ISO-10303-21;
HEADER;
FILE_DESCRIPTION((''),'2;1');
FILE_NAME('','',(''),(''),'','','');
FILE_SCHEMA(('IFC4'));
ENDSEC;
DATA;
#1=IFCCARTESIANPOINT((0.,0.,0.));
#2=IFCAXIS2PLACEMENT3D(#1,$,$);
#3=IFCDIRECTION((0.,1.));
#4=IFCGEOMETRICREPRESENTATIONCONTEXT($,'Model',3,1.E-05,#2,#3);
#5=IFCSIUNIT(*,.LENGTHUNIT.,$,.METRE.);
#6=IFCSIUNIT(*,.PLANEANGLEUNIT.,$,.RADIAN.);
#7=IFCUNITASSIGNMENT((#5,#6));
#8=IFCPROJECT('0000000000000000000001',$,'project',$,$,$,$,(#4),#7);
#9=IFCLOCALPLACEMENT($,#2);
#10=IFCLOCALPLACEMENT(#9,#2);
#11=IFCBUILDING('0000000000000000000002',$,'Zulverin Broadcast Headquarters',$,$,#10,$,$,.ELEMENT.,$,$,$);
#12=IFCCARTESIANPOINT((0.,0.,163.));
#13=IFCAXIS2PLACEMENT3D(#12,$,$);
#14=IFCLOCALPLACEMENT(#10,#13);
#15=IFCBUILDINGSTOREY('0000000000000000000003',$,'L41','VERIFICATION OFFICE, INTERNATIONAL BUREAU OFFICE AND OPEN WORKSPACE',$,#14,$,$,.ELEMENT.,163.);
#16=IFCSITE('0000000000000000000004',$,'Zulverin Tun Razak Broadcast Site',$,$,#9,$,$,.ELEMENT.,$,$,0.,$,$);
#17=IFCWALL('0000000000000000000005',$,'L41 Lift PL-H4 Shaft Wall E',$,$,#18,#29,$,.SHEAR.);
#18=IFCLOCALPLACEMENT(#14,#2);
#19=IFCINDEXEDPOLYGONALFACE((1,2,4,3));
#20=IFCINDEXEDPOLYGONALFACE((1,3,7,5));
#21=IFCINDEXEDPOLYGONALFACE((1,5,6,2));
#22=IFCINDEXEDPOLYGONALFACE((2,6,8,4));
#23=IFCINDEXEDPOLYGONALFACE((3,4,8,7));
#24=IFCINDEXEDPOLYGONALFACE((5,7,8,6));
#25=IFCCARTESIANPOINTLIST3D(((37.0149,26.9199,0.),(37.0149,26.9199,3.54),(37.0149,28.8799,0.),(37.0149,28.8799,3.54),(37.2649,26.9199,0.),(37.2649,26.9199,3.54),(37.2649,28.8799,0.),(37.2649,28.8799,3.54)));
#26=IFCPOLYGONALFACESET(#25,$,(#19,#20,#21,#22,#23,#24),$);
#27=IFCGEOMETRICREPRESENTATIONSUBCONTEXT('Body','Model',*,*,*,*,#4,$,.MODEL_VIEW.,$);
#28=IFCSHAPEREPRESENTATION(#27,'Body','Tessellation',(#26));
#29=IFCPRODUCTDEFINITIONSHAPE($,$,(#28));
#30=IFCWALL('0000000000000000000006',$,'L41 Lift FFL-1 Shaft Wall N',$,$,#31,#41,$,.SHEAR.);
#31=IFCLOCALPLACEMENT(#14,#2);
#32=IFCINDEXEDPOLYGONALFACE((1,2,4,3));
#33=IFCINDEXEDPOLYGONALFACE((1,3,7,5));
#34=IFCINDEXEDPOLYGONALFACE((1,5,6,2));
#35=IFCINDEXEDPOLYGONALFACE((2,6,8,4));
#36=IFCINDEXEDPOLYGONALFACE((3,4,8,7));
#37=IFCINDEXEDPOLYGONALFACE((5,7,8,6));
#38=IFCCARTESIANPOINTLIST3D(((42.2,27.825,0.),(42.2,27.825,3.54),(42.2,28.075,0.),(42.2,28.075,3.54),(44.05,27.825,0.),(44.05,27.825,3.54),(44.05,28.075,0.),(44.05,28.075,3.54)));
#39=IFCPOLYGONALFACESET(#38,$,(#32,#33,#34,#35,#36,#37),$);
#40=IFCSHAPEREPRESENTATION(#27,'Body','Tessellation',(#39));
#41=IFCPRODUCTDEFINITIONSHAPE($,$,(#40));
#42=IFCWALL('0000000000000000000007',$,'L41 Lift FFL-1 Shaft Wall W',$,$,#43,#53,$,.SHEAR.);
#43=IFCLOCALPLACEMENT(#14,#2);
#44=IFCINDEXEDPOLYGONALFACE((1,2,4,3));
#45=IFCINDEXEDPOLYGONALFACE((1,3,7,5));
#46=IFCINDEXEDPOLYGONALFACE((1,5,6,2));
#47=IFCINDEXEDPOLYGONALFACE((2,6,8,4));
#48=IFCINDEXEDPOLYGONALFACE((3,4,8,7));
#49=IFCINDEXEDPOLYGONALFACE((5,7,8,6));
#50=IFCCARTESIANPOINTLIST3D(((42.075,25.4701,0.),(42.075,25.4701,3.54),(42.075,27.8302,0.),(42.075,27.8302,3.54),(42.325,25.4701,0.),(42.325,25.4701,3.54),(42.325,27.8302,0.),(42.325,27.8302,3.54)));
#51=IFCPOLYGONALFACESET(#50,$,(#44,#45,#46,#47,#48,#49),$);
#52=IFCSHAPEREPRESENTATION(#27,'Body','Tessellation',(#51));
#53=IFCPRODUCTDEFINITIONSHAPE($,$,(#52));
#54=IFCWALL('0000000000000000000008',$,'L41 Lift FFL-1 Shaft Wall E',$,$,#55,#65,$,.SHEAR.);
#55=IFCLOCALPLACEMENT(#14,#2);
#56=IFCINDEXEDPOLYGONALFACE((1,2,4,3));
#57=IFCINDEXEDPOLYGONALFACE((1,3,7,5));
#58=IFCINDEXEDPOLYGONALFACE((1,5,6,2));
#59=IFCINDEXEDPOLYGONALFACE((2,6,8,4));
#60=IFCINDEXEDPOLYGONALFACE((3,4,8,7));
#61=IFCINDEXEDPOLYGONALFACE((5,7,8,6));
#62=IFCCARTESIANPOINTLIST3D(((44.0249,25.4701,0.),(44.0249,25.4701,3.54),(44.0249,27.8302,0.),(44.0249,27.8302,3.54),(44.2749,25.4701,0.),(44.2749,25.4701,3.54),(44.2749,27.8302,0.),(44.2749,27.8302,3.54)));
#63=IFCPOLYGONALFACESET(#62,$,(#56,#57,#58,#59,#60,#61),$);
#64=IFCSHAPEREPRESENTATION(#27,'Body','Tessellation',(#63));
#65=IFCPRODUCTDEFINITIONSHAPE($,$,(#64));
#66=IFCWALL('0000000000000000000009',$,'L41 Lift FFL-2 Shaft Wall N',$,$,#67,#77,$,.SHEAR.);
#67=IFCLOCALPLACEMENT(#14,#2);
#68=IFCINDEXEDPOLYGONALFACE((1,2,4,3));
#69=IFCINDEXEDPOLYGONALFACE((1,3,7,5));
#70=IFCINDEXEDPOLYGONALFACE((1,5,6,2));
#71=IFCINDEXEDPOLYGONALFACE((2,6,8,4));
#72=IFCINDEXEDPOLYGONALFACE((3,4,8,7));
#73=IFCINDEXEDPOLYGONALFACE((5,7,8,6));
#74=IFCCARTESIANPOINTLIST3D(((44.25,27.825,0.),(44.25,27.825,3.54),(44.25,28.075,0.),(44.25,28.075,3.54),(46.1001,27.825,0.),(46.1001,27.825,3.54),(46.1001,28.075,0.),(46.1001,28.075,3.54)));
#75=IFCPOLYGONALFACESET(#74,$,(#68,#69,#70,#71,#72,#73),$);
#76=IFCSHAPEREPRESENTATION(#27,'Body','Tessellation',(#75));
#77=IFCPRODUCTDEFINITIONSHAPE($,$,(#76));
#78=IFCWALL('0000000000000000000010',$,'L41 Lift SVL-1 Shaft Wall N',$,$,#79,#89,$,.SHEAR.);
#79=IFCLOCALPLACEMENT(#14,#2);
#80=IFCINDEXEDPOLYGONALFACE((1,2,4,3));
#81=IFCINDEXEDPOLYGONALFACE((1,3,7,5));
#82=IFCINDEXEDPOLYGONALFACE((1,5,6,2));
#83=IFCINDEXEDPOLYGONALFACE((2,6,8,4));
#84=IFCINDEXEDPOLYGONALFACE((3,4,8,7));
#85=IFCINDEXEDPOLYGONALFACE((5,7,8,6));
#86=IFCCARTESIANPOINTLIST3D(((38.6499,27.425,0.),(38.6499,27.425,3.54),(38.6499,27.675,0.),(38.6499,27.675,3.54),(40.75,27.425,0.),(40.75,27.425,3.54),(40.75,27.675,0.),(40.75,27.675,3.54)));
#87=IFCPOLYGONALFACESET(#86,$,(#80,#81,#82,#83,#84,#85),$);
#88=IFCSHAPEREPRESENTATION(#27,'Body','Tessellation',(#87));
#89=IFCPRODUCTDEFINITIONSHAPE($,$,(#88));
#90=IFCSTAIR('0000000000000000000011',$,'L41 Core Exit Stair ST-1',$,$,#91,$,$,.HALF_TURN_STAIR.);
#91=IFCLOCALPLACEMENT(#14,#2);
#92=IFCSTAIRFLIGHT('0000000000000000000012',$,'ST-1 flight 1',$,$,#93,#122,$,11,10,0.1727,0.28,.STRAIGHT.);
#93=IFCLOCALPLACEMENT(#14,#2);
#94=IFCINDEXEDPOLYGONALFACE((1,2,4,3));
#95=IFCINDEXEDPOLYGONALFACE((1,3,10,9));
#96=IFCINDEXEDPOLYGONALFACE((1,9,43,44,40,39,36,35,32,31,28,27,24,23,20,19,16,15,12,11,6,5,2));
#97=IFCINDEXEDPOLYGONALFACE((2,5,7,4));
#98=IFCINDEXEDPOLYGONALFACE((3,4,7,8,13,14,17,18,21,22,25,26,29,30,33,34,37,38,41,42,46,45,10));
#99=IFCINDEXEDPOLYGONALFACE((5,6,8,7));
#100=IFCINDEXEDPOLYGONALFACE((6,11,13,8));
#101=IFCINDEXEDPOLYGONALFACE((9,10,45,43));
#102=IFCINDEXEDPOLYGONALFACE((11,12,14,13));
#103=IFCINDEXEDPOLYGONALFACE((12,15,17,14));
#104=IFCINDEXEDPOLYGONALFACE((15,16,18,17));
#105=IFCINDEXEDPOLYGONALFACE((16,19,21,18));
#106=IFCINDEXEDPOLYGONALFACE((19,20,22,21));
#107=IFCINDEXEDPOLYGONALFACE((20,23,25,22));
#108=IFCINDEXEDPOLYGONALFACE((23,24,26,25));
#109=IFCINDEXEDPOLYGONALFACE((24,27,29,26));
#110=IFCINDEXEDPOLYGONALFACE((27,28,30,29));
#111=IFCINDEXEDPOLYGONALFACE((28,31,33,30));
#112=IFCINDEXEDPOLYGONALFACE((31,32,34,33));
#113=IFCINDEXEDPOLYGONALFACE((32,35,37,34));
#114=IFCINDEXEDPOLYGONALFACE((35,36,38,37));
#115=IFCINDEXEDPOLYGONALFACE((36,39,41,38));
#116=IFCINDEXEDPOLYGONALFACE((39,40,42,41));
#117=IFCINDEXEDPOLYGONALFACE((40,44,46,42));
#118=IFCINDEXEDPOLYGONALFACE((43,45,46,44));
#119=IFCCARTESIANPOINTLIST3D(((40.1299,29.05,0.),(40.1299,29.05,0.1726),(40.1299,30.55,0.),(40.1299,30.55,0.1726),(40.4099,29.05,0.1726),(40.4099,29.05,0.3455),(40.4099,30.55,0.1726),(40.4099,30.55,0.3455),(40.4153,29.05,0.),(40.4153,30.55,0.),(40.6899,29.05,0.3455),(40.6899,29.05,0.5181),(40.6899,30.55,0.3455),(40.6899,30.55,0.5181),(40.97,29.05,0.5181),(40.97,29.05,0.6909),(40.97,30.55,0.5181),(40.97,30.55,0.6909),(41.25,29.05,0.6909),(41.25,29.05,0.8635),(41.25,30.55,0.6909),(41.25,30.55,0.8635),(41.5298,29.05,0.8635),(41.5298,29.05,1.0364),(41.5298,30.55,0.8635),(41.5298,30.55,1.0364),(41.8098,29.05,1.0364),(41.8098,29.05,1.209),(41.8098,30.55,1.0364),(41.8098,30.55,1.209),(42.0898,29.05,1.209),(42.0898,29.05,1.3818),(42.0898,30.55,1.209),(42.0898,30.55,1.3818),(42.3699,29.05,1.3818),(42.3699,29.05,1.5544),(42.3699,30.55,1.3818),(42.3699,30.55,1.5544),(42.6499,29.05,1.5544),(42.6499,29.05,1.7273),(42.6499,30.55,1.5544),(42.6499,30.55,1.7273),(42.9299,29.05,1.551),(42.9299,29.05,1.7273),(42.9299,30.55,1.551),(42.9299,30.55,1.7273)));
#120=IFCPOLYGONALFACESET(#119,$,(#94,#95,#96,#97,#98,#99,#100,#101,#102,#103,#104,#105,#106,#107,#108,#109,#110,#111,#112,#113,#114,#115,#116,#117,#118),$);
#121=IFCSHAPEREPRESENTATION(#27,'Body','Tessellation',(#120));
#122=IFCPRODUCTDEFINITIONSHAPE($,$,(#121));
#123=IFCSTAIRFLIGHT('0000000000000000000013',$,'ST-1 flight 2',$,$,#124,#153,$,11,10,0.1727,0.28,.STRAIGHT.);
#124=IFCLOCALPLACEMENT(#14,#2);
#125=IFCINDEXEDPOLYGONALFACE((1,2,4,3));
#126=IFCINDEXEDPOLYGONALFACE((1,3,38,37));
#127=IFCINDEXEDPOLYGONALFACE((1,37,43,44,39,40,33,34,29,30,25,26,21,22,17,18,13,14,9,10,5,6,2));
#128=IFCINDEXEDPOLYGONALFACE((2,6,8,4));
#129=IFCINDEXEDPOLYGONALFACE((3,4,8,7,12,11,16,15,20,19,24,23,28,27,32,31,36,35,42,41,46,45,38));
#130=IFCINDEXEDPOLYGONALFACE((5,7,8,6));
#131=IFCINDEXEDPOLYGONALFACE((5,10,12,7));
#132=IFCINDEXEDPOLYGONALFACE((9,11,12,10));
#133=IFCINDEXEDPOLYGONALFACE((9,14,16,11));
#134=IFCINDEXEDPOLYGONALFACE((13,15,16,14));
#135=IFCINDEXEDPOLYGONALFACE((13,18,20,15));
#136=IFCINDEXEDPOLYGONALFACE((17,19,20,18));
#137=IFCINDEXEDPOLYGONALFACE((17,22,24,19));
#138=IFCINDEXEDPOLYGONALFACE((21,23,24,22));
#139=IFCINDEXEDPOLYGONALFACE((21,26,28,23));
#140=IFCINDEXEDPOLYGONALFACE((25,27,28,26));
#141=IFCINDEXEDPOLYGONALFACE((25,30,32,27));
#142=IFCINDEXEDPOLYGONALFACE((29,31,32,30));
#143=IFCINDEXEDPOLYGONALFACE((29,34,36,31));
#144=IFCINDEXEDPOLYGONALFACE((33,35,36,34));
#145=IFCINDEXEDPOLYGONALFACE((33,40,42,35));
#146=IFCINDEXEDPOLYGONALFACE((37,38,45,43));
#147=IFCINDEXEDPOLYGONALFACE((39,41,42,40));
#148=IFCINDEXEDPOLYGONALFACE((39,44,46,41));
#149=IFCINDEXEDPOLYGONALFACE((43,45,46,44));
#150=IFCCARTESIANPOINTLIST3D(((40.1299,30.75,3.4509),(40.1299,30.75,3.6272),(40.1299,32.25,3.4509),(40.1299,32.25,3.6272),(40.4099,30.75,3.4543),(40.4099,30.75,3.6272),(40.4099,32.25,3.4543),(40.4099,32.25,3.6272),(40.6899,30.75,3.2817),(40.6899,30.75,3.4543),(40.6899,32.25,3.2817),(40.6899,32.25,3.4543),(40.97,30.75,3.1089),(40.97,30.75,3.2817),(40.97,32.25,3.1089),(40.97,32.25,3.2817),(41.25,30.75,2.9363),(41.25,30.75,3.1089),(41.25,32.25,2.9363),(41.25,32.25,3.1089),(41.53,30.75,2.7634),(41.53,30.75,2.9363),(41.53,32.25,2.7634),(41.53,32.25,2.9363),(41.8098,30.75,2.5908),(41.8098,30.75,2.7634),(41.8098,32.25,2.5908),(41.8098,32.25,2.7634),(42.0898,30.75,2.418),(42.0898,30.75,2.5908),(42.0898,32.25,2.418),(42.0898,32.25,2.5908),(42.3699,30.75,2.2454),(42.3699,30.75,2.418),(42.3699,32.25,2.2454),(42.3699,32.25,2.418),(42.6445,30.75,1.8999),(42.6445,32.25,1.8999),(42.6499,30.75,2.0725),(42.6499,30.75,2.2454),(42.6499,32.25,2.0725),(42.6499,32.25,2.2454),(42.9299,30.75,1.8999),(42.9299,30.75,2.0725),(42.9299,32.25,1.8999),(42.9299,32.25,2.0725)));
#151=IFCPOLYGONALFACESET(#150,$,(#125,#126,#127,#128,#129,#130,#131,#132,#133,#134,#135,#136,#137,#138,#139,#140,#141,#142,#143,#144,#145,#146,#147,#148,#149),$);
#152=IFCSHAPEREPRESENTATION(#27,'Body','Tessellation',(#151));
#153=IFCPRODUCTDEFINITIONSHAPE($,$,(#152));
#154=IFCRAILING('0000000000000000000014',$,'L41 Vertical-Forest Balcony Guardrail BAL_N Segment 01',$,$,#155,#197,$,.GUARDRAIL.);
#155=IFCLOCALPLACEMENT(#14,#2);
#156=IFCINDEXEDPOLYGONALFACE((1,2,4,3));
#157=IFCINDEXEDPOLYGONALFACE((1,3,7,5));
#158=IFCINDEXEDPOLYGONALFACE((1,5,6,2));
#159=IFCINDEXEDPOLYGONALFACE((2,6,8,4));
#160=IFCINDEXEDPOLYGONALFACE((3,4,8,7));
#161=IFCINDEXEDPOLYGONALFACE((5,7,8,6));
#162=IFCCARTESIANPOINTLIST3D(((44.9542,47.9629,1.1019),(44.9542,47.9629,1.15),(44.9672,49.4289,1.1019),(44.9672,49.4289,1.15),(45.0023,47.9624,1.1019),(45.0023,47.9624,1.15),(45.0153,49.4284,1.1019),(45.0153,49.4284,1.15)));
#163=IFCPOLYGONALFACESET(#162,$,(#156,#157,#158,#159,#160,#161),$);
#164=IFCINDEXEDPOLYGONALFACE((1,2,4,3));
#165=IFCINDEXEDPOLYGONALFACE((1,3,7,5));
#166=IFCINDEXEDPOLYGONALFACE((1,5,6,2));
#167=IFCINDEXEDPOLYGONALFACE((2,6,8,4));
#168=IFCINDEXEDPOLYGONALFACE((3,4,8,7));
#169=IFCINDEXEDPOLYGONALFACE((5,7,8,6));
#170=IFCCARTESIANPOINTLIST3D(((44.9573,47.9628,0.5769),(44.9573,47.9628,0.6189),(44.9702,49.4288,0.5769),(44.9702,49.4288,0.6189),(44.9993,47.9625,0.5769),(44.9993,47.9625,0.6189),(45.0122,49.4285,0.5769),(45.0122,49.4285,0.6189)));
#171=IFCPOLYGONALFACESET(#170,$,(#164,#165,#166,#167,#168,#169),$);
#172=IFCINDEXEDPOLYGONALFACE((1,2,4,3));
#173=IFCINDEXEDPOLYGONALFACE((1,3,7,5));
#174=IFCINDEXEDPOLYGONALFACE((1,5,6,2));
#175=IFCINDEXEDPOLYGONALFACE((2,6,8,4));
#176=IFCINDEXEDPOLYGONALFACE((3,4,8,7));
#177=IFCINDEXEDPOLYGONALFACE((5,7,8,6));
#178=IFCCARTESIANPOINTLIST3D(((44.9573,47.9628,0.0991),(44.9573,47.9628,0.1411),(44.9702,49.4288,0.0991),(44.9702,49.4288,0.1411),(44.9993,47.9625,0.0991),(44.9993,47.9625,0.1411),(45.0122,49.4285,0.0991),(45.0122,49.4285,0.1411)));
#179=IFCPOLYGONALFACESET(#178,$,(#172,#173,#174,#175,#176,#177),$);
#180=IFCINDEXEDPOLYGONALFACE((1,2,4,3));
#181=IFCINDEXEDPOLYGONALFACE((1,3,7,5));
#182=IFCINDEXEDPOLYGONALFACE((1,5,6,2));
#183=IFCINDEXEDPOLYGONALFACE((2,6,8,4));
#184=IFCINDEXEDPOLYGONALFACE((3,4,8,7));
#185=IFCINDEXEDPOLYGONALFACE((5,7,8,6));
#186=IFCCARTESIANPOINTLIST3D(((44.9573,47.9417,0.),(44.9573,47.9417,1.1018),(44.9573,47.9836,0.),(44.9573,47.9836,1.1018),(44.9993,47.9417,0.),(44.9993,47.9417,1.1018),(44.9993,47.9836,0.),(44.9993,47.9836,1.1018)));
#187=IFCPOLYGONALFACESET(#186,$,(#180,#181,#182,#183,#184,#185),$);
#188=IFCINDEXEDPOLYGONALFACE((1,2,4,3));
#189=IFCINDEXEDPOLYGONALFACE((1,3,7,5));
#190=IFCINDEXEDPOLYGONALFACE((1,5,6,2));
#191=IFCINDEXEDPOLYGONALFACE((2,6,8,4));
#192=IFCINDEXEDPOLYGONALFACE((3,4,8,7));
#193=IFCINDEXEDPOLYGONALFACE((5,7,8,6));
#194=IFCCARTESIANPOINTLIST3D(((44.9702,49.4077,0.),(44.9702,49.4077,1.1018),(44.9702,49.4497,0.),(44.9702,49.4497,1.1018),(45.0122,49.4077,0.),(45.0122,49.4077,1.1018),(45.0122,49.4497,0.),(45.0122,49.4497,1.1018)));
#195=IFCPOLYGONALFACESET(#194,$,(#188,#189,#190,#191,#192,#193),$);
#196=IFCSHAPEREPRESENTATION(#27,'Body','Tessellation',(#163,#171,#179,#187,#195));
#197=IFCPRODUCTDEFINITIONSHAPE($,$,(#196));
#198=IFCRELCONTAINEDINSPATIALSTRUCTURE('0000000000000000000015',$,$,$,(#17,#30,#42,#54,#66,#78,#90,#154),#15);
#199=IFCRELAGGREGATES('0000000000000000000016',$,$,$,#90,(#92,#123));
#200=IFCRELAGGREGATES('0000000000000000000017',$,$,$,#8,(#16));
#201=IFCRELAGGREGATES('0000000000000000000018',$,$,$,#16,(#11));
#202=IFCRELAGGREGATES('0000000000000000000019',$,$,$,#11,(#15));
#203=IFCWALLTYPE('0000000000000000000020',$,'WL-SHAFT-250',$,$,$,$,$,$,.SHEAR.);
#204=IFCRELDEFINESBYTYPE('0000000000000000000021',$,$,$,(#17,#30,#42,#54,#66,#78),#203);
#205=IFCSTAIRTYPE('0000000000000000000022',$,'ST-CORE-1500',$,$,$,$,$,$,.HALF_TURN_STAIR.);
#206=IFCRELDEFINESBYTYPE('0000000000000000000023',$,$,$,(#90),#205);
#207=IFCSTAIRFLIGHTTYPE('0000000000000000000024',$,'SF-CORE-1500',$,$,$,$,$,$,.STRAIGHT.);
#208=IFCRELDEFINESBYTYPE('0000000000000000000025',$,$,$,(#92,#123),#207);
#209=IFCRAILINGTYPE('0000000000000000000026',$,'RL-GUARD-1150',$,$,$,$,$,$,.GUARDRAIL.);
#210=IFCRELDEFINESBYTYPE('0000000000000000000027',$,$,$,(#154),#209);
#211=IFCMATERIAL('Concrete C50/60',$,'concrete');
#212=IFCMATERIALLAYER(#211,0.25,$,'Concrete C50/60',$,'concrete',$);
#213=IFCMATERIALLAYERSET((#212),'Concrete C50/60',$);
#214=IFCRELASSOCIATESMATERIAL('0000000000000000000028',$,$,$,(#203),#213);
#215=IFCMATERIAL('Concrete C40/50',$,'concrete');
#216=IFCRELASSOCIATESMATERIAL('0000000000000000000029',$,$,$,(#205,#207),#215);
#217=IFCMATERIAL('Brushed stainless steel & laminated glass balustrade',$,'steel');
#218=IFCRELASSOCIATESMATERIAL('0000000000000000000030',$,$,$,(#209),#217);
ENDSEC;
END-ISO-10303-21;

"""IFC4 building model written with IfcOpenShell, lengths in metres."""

from ifc_helpers import new_model, si_unit, direction, frame, frame_2d, origin, origin_2d, place, context, subcontext, project, spatial, polyline, rectangle, outline, extrude, material, layer, layer_set, type_object, element, aggregate, save


model = new_model("IFC4")

# Units and contexts
model_context = context("Model", 3, precision=1e-05, world=origin(), true_north=direction((0.0, 1.0)))
body_context = subcontext(model_context, "Body", "Model", "MODEL_VIEW")
ifc_project = project(units=[si_unit("LENGTHUNIT", "METRE"), si_unit("PLANEANGLEUNIT", "RADIAN")], contexts=[model_context])

# Site, building, storey
site_placement = place(None, origin())
site = spatial("IfcSite", under=ifc_project, at=site_placement, Name="Zulverin Tun Razak Broadcast Site", CompositionType="ELEMENT", RefElevation=0.0)
building_placement = place(site_placement, origin())
building = spatial("IfcBuilding", under=site, at=building_placement, Name="Zulverin Broadcast Headquarters", CompositionType="ELEMENT")
storey_placement = place(building_placement, frame((0.0, 0.0, 163.0)))
storey = spatial("IfcBuildingStorey", under=building, at=storey_placement, Name="L41", Description="VERIFICATION OFFICE, INTERNATIONAL BUREAU OFFICE AND OPEN WORKSPACE", CompositionType="ELEMENT", Elevation=163.0)

# Shared definitions
ifc_material_1 = material(Name="Concrete C50/60", Category="concrete")

# Shared definitions
ifc_material_2 = material(Name="Concrete C40/50", Category="concrete")

# Shared definitions
ifc_layer_1 = layer(ifc_material_1, 0.25, Name="Concrete C50/60", Category="concrete")
ifc_layer_set_1 = layer_set([ifc_layer_1], Name="Concrete C50/60")
wall_type_1 = type_object("IfcWallType", Name="WL-SHAFT-250", PredefinedType="SHEAR", material=ifc_layer_set_1)

# Walls
wall_1_placement = place(storey_placement, frame((37.1399, 26.9199, 0.0), z_axis=(0.0, 0.0, 1.0), x_axis=(0.0, 1.0, 0.0)))
element("IfcWall", 1, at=wall_1_placement, inside=storey, type_object=wall_type_1, Name="L41 Lift PL-H4 Shaft Wall E", PredefinedType="SHEAR", context=body_context, shape_type="SweptSolid", body=[
    extrude(rectangle(XDim=1.96, YDim=0.25, at=frame_2d((0.98, 0.0))), origin(), (0.0, 0.0, 1.0), 3.54),
])
wall_2_placement = place(storey_placement, frame((42.2, 27.95, 0.0), z_axis=(0.0, 0.0, 1.0), x_axis=(1.0, 0.0, 0.0)))
element("IfcWall", 2, at=wall_2_placement, inside=storey, type_object=wall_type_1, Name="L41 Lift FFL-1 Shaft Wall N", PredefinedType="SHEAR", context=body_context, shape_type="SweptSolid", body=[
    extrude(rectangle(XDim=1.8501, YDim=0.25, at=frame_2d((0.925, 0.0))), origin(), (0.0, 0.0, 1.0), 3.54),
])
for number, where, z_axis, x_axis, name in (
    (3, (42.2, 25.47, 0.0), (0.0, 0.0, 1.0), (0.0, 1.0, 0.0), "L41 Lift FFL-1 Shaft Wall W"),
    (4, (44.1499, 25.47, 0.0), (0.0, 0.0, 1.0), (0.0, 1.0, 0.0), "L41 Lift FFL-1 Shaft Wall E"),
):
    element("IfcWall", number, at=place(storey_placement, frame(where, z_axis=z_axis, x_axis=x_axis)), inside=storey, type_object=wall_type_1, Name=name, PredefinedType="SHEAR", context=body_context, shape_type="SweptSolid", body=[
        extrude(rectangle(XDim=2.3601, YDim=0.25, at=frame_2d((1.1802, 0.0))), origin(), (0.0, 0.0, 1.0), 3.54),
    ])
wall_3_placement = place(storey_placement, frame((44.25, 27.95, 0.0), z_axis=(0.0, 0.0, 1.0), x_axis=(1.0, 0.0, 0.0)))
element("IfcWall", 5, at=wall_3_placement, inside=storey, type_object=wall_type_1, Name="L41 Lift FFL-2 Shaft Wall N", PredefinedType="SHEAR", context=body_context, shape_type="SweptSolid", body=[
    extrude(rectangle(XDim=1.8501, YDim=0.25, at=frame_2d((0.925, 0.0))), origin(), (0.0, 0.0, 1.0), 3.54),
])
wall_4_placement = place(storey_placement, frame((38.6499, 27.55, 0.0), z_axis=(0.0, 0.0, 1.0), x_axis=(1.0, 0.0, 0.0)))
element("IfcWall", 6, at=wall_4_placement, inside=storey, type_object=wall_type_1, Name="L41 Lift SVL-1 Shaft Wall N", PredefinedType="SHEAR", context=body_context, shape_type="SweptSolid", body=[
    extrude(rectangle(XDim=2.1001, YDim=0.25, at=frame_2d((1.05, 0.0))), origin(), (0.0, 0.0, 1.0), 3.54),
])

# Stair, stair flights
stair_type = type_object("IfcStairType", Name="ST-CORE-1500", PredefinedType="HALF_TURN_STAIR", material=ifc_material_2)
stair_placement = place(storey_placement, origin())
stair = element("IfcStair", 7, at=stair_placement, inside=storey, type_object=stair_type, Name="L41 Core Exit Stair ST-1", PredefinedType="HALF_TURN_STAIR")
stair_flight_type = type_object("IfcStairFlightType", Name="SF-CORE-1500", PredefinedType="STRAIGHT", material=ifc_material_2)
stair_flight_1_placement = place(storey_placement, frame((40.1299, 29.8, 0.0), z_axis=(0.0, 0.0, 1.0), x_axis=(1.0, 0.0, 0.0)))
stair_flight_1 = element("IfcStairFlight", 8, at=stair_flight_1_placement, type_object=stair_flight_type, Name="ST-1 flight 1", NumberOfRisers=11, NumberOfTreads=10, PredefinedType="STRAIGHT", RiserHeight=0.1727, TreadLength=0.28, context=body_context, shape_type="SweptSolid", body=[
    extrude(outline(polyline([(0.0, 0.0), (0.0, 0.1726), (0.28, 0.1726), (0.28, 0.3455), (0.5601, 0.3455), (0.5601, 0.5181), (0.8401, 0.5181), (0.8401, 0.6909), (1.1201, 0.6909), (1.1201, 0.8635), (1.3999, 0.8635), (1.3999, 1.0364), (1.6799, 1.0364), (1.6799, 1.209), (1.96, 1.209), (1.96, 1.3818), (2.24, 1.3818), (2.24, 1.5544), (2.52, 1.5544), (2.52, 1.7273), (2.8, 1.7273), (2.8, 1.8999), (2.8, 1.551), (0.2854, 0.0), (0.0, 0.0)])), frame((0.0, 0.75, 0.0), z_axis=(0.0, -1.0, 0.0), x_axis=(1.0, 0.0, 0.0)), (0.0, 0.0, 1.0), 1.5),
])
stair_flight_2_placement = place(storey_placement, frame((42.9299, 31.5, 1.8999), z_axis=(0.0, 0.0, 1.0), x_axis=(-1.0, 0.0, 0.0)))
stair_flight_2 = element("IfcStairFlight", 9, at=stair_flight_2_placement, type_object=stair_flight_type, Name="ST-1 flight 2", NumberOfRisers=11, NumberOfTreads=10, PredefinedType="STRAIGHT", RiserHeight=0.1727, TreadLength=0.28, context=body_context, shape_type="SweptSolid", body=[
    extrude(outline(polyline([(0.0, 0.0), (0.0, 0.1726), (0.28, 0.1726), (0.28, 0.3455), (0.5601, 0.3455), (0.5601, 0.5181), (0.8401, 0.5181), (0.8401, 0.6909), (1.1201, 0.6909), (1.1201, 0.8635), (1.3999, 0.8635), (1.3999, 1.0364), (1.6799, 1.0364), (1.6799, 1.209), (1.96, 1.209), (1.96, 1.3818), (2.24, 1.3818), (2.24, 1.5544), (2.52, 1.5544), (2.52, 1.7273), (2.8, 1.7273), (2.8, 1.8999), (2.8, 1.551), (0.2854, 0.0), (0.0, 0.0)])), frame((0.0, 0.75, 0.0), z_axis=(0.0, -1.0, 0.0), x_axis=(1.0, 0.0, 0.0)), (0.0, 0.0, 1.0), 1.5),
])
aggregate(stair, [stair_flight_1, stair_flight_2])

# Railing
ifc_material_3 = material(Name="Brushed stainless steel & laminated glass balustrade", Category="steel")
railing_type_1 = type_object("IfcRailingType", Name="RL-GUARD-1150", PredefinedType="GUARDRAIL", material=ifc_material_3)
railing_1_placement = place(storey_placement, frame((44.9783, 47.9626, 0.0)))
element("IfcRailing", 10, at=railing_1_placement, inside=storey, type_object=railing_type_1, Name="L41 Vertical-Forest Balcony Guardrail BAL_N Segment 01", PredefinedType="GUARDRAIL", context=body_context, shape_type="SweptSolid", body=[
    extrude(rectangle(XDim=0.0481, YDim=0.0481, at=origin_2d()), frame((0.0, 0.0, 1.126), z_axis=(0.008826, 0.999961, 0.0), x_axis=(-0.999961, 0.008826, 0.0)), (0.0, 0.0, 1.0), 1.4661),
    extrude(rectangle(XDim=0.042, YDim=0.042, at=origin_2d()), frame((0.0, 0.0, 0.5979), z_axis=(0.008826, 0.999961, 0.0), x_axis=(-0.999961, 0.008826, 0.0)), (0.0, 0.0, 1.0), 1.4661),
    extrude(rectangle(XDim=0.042, YDim=0.042, at=origin_2d()), frame((0.0, 0.0, 0.1201), z_axis=(0.008826, 0.999961, 0.0), x_axis=(-0.999961, 0.008826, 0.0)), (0.0, 0.0, 1.0), 1.4661),
    extrude(rectangle(XDim=0.042, YDim=0.042, at=origin_2d()), origin(), (0.0, 0.0, 1.0), 1.1018),
    extrude(rectangle(XDim=0.042, YDim=0.042, at=origin_2d()), frame((0.0129, 1.4661, 0.0)), (0.0, 0.0, 1.0), 1.1018),
])

save(model, "model.ifc")
